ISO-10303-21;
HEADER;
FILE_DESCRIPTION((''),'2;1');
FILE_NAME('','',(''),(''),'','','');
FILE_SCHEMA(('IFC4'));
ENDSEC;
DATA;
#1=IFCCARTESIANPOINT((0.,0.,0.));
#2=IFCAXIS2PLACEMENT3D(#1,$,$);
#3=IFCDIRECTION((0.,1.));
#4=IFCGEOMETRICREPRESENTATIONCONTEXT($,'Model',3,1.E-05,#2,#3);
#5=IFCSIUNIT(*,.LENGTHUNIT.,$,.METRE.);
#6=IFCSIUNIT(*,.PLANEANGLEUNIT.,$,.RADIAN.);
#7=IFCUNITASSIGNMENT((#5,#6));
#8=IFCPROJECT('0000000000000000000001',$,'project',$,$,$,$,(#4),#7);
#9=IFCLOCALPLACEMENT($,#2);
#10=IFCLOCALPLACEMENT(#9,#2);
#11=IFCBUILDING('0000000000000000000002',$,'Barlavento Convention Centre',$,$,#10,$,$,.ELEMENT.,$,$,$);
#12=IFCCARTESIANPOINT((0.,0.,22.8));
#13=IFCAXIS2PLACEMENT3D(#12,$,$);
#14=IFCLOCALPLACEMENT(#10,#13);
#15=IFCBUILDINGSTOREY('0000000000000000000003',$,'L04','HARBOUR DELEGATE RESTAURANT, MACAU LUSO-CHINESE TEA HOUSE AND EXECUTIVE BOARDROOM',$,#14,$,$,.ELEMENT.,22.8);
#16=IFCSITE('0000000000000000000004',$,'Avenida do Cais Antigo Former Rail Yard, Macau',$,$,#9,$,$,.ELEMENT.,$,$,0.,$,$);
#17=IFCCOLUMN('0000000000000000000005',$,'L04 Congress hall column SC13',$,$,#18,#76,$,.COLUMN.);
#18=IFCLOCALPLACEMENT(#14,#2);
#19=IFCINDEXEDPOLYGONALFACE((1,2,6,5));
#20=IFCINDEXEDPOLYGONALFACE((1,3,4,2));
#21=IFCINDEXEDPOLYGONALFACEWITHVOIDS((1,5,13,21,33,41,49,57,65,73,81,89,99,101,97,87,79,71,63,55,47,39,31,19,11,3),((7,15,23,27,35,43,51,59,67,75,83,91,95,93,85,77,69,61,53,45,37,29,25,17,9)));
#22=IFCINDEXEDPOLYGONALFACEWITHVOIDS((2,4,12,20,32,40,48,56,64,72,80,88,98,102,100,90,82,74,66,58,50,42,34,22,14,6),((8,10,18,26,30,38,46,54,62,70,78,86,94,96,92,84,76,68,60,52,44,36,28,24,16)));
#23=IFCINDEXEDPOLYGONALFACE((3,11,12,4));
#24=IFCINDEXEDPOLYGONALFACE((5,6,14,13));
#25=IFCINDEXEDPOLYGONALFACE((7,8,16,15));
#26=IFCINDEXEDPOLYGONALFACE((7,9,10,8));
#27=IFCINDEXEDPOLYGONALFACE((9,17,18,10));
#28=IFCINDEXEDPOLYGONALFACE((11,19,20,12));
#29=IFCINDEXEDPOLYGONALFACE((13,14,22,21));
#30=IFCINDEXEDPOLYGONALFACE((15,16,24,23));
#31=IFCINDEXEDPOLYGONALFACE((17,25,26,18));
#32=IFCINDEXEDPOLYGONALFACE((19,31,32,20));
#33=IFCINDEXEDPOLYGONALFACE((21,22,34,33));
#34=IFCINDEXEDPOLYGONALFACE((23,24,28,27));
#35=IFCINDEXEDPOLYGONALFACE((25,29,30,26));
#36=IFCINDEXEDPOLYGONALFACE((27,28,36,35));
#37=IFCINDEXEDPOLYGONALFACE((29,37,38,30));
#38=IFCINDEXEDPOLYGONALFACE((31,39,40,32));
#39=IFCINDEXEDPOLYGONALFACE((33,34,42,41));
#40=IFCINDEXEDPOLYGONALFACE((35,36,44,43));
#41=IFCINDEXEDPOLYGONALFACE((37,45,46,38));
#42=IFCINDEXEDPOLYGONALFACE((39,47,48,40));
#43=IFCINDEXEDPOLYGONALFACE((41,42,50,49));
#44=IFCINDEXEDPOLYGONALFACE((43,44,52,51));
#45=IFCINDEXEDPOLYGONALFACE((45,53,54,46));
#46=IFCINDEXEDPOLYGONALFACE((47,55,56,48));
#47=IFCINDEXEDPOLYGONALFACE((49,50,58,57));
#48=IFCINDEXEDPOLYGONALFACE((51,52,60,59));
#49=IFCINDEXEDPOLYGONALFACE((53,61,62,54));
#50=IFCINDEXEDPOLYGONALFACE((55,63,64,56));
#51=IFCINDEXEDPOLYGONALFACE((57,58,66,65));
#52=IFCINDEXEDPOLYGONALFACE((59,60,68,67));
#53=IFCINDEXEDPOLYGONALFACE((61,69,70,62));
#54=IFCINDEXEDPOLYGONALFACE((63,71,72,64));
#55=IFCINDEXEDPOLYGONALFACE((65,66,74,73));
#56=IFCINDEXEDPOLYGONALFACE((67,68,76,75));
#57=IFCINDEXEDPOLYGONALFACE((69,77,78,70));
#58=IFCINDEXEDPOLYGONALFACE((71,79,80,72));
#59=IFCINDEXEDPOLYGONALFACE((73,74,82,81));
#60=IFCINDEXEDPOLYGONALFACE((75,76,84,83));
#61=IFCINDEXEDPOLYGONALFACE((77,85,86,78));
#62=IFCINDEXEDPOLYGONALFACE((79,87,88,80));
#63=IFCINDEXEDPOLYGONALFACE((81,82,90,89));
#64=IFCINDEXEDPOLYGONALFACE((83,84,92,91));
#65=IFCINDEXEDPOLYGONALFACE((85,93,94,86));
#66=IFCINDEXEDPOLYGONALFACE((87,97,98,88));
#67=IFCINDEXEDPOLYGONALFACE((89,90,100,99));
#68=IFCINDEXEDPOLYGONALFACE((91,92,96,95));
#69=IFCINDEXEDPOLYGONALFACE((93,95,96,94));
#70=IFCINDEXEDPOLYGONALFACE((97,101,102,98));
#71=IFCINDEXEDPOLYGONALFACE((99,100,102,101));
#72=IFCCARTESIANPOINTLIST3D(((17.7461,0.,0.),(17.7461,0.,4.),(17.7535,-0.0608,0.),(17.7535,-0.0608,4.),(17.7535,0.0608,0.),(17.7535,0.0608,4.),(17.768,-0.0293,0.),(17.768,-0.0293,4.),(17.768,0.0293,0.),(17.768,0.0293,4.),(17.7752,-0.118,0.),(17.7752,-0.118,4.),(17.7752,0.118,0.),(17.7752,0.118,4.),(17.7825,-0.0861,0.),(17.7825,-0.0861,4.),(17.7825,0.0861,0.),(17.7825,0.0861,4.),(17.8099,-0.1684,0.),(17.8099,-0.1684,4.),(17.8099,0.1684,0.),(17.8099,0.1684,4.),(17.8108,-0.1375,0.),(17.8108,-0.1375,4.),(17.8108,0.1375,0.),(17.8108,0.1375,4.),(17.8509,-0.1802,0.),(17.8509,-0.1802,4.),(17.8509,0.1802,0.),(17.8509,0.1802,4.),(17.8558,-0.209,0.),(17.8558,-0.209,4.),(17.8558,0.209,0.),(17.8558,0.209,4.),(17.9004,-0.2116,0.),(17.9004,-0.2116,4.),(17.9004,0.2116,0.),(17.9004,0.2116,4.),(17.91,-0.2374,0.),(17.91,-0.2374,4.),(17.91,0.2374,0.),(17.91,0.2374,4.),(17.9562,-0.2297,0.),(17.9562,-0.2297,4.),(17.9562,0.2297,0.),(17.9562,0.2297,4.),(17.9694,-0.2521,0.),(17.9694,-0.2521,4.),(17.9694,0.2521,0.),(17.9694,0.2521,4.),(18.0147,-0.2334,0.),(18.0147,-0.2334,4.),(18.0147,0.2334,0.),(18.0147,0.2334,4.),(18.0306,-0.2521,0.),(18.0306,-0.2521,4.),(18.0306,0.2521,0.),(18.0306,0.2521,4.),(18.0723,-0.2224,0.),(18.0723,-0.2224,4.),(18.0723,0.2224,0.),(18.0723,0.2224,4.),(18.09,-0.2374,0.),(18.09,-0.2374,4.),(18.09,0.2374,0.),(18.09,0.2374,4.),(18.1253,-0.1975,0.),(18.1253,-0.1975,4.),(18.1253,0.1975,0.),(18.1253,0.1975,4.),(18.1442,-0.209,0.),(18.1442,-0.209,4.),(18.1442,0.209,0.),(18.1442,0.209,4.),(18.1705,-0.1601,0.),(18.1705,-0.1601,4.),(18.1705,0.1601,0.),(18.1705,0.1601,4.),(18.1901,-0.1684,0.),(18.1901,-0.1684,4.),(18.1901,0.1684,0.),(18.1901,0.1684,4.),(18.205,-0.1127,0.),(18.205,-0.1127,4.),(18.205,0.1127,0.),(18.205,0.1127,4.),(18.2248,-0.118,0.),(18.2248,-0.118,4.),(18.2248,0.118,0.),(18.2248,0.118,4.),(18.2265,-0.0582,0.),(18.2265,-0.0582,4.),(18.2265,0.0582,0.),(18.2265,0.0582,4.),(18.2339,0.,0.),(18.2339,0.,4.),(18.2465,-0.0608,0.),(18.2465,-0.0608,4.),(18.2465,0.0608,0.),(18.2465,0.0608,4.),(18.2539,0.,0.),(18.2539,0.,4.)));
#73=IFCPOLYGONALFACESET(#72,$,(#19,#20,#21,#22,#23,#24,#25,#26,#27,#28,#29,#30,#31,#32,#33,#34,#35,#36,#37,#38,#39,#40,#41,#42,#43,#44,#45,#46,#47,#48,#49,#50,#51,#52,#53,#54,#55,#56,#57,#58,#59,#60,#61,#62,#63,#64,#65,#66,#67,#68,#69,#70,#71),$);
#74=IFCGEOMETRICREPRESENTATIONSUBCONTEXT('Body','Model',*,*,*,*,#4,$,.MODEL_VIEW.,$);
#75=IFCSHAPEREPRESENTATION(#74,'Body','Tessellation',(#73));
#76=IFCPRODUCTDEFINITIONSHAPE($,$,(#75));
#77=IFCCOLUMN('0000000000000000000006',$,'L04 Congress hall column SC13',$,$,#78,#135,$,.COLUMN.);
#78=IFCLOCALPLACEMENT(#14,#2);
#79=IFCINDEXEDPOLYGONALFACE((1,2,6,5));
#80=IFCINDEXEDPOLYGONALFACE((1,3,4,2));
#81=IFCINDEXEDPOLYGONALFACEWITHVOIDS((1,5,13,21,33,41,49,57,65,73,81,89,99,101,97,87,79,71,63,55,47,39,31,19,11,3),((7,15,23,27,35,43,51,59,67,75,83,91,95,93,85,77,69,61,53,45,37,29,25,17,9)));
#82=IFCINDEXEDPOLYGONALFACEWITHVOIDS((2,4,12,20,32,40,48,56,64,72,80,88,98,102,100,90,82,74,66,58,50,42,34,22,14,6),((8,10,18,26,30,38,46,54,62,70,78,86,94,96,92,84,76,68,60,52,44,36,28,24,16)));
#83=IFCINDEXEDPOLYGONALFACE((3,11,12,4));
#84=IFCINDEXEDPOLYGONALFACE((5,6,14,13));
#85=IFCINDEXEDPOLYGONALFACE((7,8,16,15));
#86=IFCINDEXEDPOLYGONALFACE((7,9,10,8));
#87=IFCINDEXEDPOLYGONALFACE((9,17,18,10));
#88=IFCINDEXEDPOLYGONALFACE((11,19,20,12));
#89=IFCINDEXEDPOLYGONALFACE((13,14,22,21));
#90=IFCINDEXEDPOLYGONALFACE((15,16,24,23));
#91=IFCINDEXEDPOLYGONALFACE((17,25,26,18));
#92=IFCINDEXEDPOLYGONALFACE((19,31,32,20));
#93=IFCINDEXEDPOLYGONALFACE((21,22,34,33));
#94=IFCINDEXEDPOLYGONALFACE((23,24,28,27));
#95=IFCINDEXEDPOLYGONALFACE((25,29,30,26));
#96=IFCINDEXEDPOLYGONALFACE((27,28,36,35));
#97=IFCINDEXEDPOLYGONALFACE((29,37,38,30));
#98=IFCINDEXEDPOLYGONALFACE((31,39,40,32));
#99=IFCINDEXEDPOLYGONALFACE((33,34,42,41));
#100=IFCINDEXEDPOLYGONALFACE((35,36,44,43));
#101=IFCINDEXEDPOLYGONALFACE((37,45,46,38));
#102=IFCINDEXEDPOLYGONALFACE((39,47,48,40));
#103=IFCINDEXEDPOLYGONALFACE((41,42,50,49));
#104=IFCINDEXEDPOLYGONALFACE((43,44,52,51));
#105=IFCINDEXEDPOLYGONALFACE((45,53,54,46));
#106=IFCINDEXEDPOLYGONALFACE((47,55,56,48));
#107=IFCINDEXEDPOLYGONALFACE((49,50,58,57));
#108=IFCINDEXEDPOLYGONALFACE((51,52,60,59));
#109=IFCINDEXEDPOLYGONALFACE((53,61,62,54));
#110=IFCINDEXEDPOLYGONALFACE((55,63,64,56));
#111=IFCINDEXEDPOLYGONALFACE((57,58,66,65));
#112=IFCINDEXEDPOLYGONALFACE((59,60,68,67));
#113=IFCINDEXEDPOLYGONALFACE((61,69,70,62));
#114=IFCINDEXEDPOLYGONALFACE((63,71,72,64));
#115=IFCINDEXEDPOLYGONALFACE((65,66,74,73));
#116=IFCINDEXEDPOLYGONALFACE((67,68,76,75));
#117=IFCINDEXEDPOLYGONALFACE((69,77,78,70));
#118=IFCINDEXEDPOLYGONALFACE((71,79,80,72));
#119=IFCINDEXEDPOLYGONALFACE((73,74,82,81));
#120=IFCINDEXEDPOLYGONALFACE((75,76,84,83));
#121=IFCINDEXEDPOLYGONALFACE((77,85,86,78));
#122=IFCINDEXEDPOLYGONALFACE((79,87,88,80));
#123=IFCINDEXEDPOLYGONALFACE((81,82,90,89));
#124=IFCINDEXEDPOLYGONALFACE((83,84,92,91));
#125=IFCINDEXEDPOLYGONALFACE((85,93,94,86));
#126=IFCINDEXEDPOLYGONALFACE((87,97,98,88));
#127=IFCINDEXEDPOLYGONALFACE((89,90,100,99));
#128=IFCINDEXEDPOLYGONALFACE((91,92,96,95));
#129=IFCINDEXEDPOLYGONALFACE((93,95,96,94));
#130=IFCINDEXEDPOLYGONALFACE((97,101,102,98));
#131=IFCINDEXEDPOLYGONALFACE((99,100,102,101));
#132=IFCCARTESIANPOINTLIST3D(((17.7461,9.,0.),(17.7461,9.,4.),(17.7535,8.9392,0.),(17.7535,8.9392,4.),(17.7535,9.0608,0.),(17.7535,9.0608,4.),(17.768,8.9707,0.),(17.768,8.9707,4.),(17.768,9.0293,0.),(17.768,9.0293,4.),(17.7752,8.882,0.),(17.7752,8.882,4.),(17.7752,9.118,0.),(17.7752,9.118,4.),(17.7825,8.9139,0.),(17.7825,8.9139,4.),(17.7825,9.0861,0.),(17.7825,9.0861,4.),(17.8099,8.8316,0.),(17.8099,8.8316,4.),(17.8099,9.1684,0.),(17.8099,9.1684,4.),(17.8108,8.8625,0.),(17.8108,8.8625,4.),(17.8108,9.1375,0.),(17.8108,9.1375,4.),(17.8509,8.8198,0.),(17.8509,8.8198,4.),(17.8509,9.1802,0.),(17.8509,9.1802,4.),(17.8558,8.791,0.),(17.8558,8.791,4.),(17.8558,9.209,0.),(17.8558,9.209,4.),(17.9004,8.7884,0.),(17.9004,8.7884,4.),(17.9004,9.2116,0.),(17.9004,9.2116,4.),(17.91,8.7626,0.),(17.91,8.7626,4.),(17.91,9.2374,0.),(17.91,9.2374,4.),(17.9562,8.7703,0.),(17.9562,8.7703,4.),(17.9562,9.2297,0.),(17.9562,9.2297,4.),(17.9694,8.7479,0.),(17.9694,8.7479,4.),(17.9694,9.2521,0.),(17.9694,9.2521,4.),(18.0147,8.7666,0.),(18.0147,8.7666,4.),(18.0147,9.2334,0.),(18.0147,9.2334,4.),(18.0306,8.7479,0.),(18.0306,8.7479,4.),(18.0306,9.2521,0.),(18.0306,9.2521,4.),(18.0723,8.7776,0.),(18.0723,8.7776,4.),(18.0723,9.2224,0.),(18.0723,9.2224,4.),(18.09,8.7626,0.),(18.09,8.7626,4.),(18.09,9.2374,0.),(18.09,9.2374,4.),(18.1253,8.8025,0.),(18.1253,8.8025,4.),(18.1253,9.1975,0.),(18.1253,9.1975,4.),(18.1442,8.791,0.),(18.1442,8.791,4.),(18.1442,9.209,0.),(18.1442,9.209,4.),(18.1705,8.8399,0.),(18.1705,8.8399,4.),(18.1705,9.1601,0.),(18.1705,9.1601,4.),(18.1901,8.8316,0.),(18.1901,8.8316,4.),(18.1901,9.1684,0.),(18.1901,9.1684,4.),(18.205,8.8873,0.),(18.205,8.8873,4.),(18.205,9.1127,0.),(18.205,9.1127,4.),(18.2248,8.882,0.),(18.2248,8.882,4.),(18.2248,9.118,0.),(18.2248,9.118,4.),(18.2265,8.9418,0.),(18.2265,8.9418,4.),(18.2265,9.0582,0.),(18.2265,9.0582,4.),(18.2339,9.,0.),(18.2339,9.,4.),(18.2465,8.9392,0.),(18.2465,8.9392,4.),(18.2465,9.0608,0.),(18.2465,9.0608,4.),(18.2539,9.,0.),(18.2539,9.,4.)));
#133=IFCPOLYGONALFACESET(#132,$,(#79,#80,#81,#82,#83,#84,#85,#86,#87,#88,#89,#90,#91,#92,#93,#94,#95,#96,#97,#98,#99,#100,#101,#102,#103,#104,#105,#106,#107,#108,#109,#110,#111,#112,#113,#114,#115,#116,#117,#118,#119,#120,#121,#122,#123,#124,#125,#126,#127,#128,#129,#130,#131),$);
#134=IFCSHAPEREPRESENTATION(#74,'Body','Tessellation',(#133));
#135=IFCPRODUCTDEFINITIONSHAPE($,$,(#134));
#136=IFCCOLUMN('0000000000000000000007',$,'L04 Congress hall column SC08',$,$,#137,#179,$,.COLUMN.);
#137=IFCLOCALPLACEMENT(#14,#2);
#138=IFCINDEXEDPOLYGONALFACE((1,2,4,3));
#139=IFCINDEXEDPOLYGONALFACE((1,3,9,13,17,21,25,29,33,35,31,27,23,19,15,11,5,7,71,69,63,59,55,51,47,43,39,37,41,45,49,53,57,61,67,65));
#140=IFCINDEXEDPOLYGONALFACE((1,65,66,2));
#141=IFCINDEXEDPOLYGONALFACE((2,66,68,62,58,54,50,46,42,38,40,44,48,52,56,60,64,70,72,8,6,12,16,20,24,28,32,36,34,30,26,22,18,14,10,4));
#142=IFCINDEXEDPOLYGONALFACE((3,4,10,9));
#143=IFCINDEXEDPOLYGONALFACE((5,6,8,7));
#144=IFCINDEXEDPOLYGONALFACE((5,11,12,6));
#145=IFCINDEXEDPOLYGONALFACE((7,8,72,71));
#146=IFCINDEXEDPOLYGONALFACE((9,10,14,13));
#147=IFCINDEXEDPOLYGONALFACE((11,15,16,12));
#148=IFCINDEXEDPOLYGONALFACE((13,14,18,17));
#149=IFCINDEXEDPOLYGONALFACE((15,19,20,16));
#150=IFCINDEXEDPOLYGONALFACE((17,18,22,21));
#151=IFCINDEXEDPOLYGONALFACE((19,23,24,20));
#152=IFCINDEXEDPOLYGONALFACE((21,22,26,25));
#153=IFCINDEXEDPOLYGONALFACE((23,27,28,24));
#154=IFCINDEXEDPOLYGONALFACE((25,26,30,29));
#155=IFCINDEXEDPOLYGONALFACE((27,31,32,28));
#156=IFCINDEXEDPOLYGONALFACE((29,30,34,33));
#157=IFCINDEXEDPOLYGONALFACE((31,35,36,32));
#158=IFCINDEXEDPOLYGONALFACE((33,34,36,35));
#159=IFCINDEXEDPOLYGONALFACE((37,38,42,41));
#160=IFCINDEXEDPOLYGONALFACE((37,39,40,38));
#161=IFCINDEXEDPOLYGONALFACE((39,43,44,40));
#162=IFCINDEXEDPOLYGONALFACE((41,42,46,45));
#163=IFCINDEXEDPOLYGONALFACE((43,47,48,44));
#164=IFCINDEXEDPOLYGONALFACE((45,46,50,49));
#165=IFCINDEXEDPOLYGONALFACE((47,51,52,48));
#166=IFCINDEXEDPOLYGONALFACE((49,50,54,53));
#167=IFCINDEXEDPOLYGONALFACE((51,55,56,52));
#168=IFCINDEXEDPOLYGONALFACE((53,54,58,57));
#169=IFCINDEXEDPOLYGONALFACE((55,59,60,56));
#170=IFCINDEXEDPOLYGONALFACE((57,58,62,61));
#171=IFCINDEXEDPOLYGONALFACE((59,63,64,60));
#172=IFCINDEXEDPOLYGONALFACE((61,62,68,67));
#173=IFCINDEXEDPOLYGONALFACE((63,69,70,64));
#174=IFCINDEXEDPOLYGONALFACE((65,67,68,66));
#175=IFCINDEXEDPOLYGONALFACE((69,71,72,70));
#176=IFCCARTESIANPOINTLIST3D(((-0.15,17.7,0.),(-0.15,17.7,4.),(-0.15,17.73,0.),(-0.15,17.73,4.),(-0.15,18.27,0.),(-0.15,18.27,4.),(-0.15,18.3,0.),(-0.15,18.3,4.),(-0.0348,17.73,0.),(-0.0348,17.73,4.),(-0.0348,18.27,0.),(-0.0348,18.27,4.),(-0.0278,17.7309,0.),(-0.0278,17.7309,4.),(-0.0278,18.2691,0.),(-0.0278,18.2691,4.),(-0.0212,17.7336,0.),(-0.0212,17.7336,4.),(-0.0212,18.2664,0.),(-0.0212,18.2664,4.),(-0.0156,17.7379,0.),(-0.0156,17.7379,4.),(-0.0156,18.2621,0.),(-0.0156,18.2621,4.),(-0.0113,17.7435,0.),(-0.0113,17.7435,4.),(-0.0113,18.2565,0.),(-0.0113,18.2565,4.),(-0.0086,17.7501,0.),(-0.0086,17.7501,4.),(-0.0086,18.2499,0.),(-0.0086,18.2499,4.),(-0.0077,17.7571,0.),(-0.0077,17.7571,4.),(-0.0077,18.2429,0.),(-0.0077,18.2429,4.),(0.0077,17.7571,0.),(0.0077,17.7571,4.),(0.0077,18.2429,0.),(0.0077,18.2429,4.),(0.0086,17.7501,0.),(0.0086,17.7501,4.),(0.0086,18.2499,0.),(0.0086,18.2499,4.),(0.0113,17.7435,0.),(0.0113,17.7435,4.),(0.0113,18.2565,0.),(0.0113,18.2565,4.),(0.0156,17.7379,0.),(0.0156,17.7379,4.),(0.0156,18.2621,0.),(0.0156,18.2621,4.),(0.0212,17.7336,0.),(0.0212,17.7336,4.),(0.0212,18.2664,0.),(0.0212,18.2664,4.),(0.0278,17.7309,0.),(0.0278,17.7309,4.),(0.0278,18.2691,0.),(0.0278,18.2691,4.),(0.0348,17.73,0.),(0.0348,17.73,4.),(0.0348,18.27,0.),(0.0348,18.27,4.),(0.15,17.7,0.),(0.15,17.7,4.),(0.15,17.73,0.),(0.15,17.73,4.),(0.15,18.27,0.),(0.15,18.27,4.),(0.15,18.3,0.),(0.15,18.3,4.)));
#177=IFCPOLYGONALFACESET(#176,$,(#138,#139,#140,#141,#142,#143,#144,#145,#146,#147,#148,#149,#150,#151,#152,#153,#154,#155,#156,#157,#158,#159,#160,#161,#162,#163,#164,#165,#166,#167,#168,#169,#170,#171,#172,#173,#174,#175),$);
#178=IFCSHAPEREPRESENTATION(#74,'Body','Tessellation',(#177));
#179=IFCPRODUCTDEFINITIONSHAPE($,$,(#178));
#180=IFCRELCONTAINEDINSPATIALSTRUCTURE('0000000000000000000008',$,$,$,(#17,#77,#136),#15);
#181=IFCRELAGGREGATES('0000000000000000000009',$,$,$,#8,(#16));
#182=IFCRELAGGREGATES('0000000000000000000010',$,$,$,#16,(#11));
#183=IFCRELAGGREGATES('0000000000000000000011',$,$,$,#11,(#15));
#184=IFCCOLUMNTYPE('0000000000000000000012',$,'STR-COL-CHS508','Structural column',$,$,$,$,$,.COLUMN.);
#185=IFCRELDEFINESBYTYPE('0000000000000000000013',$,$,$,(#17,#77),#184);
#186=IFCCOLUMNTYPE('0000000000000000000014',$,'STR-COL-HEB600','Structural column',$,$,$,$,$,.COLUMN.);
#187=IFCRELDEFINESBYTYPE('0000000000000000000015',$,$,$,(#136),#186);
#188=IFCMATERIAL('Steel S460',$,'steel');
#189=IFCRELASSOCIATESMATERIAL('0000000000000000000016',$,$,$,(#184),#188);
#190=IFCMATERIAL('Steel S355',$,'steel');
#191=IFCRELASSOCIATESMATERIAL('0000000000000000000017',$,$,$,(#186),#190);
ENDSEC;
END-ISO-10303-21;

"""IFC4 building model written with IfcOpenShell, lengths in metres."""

from ifc_helpers import new_model, si_unit, direction, frame, origin, origin_2d, place, context, subcontext, project, spatial, hollow_circle, i_section, extrude, material, material_profile, profile_set, type_object, element, save


model = new_model("IFC4")

# Units and contexts
model_context = context("Model", 3, precision=1e-05, world=origin(), true_north=direction((0.0, 1.0)))
body_context = subcontext(model_context, "Body", "Model", "MODEL_VIEW")
ifc_project = project(units=[si_unit("LENGTHUNIT", "METRE"), si_unit("PLANEANGLEUNIT", "RADIAN")], contexts=[model_context])

# Site, building, storey
site_placement = place(None, origin())
site = spatial("IfcSite", under=ifc_project, at=site_placement, Name="Avenida do Cais Antigo Former Rail Yard, Macau", CompositionType="ELEMENT", RefElevation=0.0)
building_placement = place(site_placement, origin())
building = spatial("IfcBuilding", under=site, at=building_placement, Name="Barlavento Convention Centre", CompositionType="ELEMENT")
storey_placement = place(building_placement, frame((0.0, 0.0, 22.8)))
storey = spatial("IfcBuildingStorey", under=building, at=storey_placement, Name="L04", Description="HARBOUR DELEGATE RESTAURANT, MACAU LUSO-CHINESE TEA HOUSE AND EXECUTIVE BOARDROOM", CompositionType="ELEMENT", Elevation=22.8)

# Columns
ifc_material_1 = material(Name="Steel S460", Category="steel")
ifc_material_profile_1 = material_profile(ifc_material_1, hollow_circle(Radius=0.2539, WallThickness=0.02, at=origin_2d()), Name="CHS 508.0x20.0")
ifc_profile_set_1 = profile_set([ifc_material_profile_1], Name="Steel S460")
column_type_1 = type_object("IfcColumnType", Name="STR-COL-CHS508", Description="Structural column", PredefinedType="COLUMN", material=ifc_profile_set_1)
for number, where, z_axis, x_axis, name in (
    (1, (18.0, 0.0, 0.0), (0.0, 0.0, 1.0), (1.0, 0.0, 0.0), "L04 Congress hall column SC13"),
    (2, (18.0, 9.0, 0.0), (0.0, 0.0, 1.0), (1.0, 0.0, 0.0), "L04 Congress hall column SC13"),
):
    element("IfcColumn", number, at=place(storey_placement, frame(where, z_axis=z_axis, x_axis=x_axis)), inside=storey, type_object=column_type_1, Name=name, PredefinedType="COLUMN", context=body_context, shape_type="SweptSolid", body=[
        extrude(hollow_circle(Radius=0.2539, WallThickness=0.02, at=origin_2d()), origin(), (0.0, 0.0, 1.0), 4.0),
    ])
ifc_material_2 = material(Name="Steel S355", Category="steel")
ifc_material_profile_2 = material_profile(ifc_material_2, i_section(OverallWidth=0.3, OverallDepth=0.6001, WebThickness=0.0154, FlangeThickness=0.03, FilletRadius=0.0271, at=origin_2d()), Name="HEB 600")
ifc_profile_set_2 = profile_set([ifc_material_profile_2], Name="Steel S355")
column_type_2 = type_object("IfcColumnType", Name="STR-COL-HEB600", Description="Structural column", PredefinedType="COLUMN", material=ifc_profile_set_2)
column_placement = place(storey_placement, frame((0.0, 18.0, 0.0), z_axis=(0.0, 0.0, 1.0), x_axis=(1.0, 0.0, 0.0)))
element("IfcColumn", 3, at=column_placement, inside=storey, type_object=column_type_2, Name="L04 Congress hall column SC08", PredefinedType="COLUMN", context=body_context, shape_type="SweptSolid", body=[
    extrude(i_section(OverallWidth=0.3, OverallDepth=0.6001, WebThickness=0.0154, FlangeThickness=0.03, FilletRadius=0.0271, at=origin_2d()), origin(), (0.0, 0.0, 1.0), 4.0),
])

save(model, "model.ifc")
